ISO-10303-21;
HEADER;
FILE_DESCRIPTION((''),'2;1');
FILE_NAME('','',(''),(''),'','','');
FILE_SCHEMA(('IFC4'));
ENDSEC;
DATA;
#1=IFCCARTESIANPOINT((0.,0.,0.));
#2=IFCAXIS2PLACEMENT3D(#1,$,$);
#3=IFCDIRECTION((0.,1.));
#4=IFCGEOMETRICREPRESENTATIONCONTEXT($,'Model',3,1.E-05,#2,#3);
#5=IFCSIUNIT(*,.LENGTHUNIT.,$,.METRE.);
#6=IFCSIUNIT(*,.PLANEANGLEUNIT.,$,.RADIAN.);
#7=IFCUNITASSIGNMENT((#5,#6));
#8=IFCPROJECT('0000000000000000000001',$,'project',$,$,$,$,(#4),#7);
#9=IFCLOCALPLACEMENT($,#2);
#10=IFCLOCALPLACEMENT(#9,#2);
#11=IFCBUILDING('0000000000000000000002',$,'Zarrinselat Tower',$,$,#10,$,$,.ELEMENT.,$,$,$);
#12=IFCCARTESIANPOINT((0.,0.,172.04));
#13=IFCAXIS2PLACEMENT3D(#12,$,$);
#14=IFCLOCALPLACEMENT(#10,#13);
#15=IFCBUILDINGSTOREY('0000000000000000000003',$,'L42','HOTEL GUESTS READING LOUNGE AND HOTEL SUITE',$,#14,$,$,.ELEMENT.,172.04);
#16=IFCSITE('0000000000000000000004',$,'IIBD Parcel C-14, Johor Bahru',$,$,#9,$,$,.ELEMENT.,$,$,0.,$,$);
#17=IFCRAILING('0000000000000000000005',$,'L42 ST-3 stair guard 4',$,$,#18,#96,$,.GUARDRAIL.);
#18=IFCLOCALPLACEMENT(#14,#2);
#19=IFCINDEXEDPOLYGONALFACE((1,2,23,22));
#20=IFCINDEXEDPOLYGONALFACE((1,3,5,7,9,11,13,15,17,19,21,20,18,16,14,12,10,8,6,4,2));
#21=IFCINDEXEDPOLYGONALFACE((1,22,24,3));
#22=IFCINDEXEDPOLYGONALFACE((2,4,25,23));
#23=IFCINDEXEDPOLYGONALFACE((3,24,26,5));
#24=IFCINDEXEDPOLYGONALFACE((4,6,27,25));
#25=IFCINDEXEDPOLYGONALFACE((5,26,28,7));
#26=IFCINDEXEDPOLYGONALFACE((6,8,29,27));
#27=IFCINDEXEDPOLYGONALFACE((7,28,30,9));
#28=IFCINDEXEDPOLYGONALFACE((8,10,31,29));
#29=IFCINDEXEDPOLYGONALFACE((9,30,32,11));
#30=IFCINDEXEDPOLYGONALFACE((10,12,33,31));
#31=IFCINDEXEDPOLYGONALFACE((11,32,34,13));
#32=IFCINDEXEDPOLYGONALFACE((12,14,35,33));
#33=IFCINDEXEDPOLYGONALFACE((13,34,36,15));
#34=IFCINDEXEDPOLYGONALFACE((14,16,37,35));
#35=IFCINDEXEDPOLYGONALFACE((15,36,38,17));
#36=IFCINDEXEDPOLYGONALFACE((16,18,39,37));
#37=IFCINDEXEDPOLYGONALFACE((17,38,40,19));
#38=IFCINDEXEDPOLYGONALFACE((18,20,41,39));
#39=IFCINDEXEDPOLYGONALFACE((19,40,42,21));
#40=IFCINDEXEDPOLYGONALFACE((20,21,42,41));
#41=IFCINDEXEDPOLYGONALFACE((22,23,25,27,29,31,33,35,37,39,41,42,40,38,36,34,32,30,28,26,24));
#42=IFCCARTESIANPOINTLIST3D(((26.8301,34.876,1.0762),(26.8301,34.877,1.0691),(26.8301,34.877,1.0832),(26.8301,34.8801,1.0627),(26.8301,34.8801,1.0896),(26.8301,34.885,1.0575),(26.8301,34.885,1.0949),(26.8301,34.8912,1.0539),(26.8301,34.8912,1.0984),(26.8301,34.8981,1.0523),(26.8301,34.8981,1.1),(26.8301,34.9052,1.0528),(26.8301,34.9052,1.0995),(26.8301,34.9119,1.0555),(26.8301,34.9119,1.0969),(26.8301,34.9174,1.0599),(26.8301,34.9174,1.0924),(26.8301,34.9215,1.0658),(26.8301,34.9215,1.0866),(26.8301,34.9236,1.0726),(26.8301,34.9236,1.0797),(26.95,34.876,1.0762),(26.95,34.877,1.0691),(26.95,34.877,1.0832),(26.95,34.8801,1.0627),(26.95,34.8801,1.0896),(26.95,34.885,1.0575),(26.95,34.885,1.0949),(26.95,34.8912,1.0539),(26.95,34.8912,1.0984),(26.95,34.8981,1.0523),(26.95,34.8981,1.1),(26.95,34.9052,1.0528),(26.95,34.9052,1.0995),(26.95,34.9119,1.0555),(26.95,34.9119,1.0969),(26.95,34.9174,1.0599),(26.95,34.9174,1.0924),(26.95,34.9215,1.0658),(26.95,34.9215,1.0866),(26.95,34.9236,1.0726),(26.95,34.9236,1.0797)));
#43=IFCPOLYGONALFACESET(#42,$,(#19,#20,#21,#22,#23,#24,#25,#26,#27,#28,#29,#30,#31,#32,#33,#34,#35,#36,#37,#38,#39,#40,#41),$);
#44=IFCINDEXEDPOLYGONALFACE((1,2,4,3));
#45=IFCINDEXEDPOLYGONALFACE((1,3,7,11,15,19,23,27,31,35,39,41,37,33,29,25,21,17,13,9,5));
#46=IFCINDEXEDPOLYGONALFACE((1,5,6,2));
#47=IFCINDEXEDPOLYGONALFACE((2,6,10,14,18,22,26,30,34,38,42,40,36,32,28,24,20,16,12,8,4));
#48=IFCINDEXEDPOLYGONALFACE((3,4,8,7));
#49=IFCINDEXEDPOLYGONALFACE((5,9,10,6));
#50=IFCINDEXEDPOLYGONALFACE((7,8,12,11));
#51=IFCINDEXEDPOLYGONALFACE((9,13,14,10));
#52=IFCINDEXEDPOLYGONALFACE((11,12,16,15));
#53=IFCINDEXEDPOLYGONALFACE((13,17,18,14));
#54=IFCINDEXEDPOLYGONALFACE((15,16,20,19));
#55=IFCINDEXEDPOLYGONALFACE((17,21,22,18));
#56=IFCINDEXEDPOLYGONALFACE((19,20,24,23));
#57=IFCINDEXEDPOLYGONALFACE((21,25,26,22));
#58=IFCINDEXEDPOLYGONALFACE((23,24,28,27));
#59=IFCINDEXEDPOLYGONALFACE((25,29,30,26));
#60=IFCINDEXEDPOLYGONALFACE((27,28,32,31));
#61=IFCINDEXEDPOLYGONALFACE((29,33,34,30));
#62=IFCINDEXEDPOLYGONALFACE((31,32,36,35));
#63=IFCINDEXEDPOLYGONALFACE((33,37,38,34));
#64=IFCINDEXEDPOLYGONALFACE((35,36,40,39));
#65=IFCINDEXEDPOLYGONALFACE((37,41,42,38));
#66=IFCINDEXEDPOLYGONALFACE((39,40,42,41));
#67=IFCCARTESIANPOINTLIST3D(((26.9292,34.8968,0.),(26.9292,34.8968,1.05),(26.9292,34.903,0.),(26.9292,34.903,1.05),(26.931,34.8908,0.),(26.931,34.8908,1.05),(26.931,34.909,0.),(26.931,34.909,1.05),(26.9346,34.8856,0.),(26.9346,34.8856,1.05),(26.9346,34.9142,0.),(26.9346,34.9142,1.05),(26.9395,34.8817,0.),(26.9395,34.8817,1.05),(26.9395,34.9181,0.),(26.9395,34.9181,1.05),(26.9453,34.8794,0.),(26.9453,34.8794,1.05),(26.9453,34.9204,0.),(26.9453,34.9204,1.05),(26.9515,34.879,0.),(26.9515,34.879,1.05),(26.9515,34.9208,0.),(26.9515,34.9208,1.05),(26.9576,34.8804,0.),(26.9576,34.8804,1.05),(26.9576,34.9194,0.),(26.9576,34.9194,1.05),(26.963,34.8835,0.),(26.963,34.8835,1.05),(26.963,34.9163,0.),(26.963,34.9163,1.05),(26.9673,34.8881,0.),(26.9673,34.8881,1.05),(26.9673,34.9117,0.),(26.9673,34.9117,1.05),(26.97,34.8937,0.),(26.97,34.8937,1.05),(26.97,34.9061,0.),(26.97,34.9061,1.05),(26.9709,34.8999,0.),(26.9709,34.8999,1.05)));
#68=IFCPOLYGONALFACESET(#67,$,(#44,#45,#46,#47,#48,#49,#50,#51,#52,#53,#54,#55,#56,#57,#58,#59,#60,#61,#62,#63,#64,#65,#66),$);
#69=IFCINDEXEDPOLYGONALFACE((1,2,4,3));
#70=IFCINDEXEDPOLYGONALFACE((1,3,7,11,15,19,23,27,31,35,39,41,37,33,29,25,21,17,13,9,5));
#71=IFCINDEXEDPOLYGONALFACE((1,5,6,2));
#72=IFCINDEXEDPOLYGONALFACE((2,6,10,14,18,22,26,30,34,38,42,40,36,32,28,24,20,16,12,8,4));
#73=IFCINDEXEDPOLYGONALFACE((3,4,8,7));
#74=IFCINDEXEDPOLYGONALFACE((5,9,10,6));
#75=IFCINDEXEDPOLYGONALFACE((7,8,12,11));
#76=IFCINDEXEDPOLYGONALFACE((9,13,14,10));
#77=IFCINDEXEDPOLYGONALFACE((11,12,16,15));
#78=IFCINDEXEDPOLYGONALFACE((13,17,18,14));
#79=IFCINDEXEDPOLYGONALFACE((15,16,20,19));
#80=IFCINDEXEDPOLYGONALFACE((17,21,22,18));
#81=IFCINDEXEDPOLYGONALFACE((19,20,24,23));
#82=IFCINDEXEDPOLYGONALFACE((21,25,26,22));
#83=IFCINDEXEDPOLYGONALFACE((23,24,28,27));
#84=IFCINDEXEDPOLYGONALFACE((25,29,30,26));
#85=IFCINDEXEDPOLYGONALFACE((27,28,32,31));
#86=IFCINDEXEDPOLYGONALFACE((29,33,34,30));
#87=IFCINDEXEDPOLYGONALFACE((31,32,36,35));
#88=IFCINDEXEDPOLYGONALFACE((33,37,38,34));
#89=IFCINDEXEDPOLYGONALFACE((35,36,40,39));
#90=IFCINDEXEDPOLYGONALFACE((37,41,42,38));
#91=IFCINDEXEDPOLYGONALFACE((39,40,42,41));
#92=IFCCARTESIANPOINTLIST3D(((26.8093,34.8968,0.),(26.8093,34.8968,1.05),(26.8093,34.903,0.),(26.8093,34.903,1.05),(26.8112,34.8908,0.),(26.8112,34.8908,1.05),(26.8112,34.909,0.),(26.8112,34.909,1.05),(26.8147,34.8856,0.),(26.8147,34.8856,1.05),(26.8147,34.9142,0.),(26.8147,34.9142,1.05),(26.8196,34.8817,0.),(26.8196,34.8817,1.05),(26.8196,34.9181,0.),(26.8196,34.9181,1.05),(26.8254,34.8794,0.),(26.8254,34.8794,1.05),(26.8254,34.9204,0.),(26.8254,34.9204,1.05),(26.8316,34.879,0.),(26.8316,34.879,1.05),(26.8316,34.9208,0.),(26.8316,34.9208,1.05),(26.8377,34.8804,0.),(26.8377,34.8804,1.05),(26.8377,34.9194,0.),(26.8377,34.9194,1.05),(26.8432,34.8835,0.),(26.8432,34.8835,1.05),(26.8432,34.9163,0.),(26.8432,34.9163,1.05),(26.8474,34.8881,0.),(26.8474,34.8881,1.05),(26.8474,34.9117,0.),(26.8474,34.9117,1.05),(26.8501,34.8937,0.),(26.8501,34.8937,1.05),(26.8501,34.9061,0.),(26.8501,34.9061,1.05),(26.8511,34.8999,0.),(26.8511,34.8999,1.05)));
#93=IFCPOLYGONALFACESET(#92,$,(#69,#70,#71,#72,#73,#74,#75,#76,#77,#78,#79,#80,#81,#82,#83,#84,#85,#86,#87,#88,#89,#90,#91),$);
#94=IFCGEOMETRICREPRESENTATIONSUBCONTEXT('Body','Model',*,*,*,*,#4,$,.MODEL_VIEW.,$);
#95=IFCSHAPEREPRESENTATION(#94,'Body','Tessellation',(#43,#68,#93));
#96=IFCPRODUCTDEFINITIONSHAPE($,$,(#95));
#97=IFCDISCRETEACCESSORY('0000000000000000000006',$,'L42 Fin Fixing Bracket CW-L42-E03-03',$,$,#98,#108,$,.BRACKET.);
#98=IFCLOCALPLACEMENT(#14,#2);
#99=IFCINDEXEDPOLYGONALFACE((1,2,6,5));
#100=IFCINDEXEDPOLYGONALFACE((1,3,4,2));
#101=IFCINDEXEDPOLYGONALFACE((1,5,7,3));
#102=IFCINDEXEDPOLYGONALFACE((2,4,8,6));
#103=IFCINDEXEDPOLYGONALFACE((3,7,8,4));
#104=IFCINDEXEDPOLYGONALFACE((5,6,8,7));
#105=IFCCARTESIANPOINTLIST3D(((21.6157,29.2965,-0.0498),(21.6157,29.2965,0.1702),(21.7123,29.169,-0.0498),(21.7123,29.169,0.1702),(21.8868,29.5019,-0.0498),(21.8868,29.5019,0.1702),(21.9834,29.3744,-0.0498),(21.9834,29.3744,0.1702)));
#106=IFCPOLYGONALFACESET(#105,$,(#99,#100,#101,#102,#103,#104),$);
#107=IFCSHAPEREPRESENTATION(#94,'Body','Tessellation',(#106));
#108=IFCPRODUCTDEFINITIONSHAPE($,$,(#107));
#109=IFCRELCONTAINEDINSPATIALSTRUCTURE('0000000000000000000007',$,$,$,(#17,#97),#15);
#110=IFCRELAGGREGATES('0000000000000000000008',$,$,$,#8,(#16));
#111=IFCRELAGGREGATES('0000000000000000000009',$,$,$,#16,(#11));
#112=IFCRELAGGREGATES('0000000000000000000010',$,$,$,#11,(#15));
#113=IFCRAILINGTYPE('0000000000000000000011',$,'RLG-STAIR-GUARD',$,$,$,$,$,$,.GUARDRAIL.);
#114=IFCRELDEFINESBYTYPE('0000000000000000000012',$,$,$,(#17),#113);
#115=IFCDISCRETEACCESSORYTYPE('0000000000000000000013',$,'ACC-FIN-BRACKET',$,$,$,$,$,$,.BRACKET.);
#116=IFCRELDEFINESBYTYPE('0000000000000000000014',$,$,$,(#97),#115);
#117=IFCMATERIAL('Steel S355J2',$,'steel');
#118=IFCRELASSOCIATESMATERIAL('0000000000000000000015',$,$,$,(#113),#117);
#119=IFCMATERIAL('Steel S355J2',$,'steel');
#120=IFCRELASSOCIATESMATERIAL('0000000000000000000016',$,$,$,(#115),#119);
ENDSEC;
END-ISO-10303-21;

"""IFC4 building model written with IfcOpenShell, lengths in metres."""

from ifc_helpers import new_model, si_unit, direction, frame, origin, origin_2d, place, context, subcontext, project, spatial, rectangle, circle, extrude, material, type_object, element, save


model = new_model("IFC4")

# Units and contexts
model_context = context("Model", 3, precision=1e-05, world=origin(), true_north=direction((0.0, 1.0)))
body_context = subcontext(model_context, "Body", "Model", "MODEL_VIEW")
ifc_project = project(units=[si_unit("LENGTHUNIT", "METRE"), si_unit("PLANEANGLEUNIT", "RADIAN")], contexts=[model_context])

# Site, building, storey
site_placement = place(None, origin())
site = spatial("IfcSite", under=ifc_project, at=site_placement, Name="IIBD Parcel C-14, Johor Bahru", CompositionType="ELEMENT", RefElevation=0.0)
building_placement = place(site_placement, origin())
building = spatial("IfcBuilding", under=site, at=building_placement, Name="Zarrinselat Tower", CompositionType="ELEMENT")
storey_placement = place(building_placement, frame((0.0, 0.0, 172.04)))
storey = spatial("IfcBuildingStorey", under=building, at=storey_placement, Name="L42", Description="HOTEL GUESTS READING LOUNGE AND HOTEL SUITE", CompositionType="ELEMENT", Elevation=172.04)

# Railing
ifc_material_1 = material(Name="Steel S355J2", Category="steel")
railing_type = type_object("IfcRailingType", Name="RLG-STAIR-GUARD", PredefinedType="GUARDRAIL", material=ifc_material_1)
railing_1_placement = place(storey_placement, frame((26.95, 34.8999, 0.0)))
element("IfcRailing", 1, at=railing_1_placement, inside=storey, type_object=railing_type, Name="L42 ST-3 stair guard 4", PredefinedType="GUARDRAIL", context=body_context, shape_type="SweptSolid", body=[
    extrude(circle(Radius=0.0239, at=origin_2d()), frame((0.0, 0.0, 1.0762), z_axis=(-1.0, 0.0, 0.0), x_axis=(0.0, -1.0, 0.0)), (0.0, 0.0, 1.0), 0.1199),
    extrude(circle(Radius=0.021, at=origin_2d()), origin(), (0.0, 0.0, 1.0), 1.05),
    extrude(circle(Radius=0.021, at=origin_2d()), frame((-0.1199, 0.0, 0.0)), (0.0, 0.0, 1.0), 1.05),
])

# Discrete accessory
ifc_material_2 = material(Name="Steel S355J2", Category="steel")
discrete_accessory_type = type_object("IfcDiscreteAccessoryType", Name="ACC-FIN-BRACKET", PredefinedType="BRACKET", material=ifc_material_2)
discrete_accessory_placement = place(storey_placement, frame((21.7996, 29.3354, -0.0498), z_axis=(0.0, 0.0, 1.0), x_axis=(-0.797092, -0.603858, 0.0)))
element("IfcDiscreteAccessory", 2, at=discrete_accessory_placement, inside=storey, type_object=discrete_accessory_type, Name="L42 Fin Fixing Bracket CW-L42-E03-03", PredefinedType="BRACKET", context=body_context, shape_type="SweptSolid", body=[
    extrude(rectangle(XDim=0.3401, YDim=0.1599, at=origin_2d()), origin(), (0.0, 0.0, 1.0), 0.22),
])

save(model, "model.ifc")
